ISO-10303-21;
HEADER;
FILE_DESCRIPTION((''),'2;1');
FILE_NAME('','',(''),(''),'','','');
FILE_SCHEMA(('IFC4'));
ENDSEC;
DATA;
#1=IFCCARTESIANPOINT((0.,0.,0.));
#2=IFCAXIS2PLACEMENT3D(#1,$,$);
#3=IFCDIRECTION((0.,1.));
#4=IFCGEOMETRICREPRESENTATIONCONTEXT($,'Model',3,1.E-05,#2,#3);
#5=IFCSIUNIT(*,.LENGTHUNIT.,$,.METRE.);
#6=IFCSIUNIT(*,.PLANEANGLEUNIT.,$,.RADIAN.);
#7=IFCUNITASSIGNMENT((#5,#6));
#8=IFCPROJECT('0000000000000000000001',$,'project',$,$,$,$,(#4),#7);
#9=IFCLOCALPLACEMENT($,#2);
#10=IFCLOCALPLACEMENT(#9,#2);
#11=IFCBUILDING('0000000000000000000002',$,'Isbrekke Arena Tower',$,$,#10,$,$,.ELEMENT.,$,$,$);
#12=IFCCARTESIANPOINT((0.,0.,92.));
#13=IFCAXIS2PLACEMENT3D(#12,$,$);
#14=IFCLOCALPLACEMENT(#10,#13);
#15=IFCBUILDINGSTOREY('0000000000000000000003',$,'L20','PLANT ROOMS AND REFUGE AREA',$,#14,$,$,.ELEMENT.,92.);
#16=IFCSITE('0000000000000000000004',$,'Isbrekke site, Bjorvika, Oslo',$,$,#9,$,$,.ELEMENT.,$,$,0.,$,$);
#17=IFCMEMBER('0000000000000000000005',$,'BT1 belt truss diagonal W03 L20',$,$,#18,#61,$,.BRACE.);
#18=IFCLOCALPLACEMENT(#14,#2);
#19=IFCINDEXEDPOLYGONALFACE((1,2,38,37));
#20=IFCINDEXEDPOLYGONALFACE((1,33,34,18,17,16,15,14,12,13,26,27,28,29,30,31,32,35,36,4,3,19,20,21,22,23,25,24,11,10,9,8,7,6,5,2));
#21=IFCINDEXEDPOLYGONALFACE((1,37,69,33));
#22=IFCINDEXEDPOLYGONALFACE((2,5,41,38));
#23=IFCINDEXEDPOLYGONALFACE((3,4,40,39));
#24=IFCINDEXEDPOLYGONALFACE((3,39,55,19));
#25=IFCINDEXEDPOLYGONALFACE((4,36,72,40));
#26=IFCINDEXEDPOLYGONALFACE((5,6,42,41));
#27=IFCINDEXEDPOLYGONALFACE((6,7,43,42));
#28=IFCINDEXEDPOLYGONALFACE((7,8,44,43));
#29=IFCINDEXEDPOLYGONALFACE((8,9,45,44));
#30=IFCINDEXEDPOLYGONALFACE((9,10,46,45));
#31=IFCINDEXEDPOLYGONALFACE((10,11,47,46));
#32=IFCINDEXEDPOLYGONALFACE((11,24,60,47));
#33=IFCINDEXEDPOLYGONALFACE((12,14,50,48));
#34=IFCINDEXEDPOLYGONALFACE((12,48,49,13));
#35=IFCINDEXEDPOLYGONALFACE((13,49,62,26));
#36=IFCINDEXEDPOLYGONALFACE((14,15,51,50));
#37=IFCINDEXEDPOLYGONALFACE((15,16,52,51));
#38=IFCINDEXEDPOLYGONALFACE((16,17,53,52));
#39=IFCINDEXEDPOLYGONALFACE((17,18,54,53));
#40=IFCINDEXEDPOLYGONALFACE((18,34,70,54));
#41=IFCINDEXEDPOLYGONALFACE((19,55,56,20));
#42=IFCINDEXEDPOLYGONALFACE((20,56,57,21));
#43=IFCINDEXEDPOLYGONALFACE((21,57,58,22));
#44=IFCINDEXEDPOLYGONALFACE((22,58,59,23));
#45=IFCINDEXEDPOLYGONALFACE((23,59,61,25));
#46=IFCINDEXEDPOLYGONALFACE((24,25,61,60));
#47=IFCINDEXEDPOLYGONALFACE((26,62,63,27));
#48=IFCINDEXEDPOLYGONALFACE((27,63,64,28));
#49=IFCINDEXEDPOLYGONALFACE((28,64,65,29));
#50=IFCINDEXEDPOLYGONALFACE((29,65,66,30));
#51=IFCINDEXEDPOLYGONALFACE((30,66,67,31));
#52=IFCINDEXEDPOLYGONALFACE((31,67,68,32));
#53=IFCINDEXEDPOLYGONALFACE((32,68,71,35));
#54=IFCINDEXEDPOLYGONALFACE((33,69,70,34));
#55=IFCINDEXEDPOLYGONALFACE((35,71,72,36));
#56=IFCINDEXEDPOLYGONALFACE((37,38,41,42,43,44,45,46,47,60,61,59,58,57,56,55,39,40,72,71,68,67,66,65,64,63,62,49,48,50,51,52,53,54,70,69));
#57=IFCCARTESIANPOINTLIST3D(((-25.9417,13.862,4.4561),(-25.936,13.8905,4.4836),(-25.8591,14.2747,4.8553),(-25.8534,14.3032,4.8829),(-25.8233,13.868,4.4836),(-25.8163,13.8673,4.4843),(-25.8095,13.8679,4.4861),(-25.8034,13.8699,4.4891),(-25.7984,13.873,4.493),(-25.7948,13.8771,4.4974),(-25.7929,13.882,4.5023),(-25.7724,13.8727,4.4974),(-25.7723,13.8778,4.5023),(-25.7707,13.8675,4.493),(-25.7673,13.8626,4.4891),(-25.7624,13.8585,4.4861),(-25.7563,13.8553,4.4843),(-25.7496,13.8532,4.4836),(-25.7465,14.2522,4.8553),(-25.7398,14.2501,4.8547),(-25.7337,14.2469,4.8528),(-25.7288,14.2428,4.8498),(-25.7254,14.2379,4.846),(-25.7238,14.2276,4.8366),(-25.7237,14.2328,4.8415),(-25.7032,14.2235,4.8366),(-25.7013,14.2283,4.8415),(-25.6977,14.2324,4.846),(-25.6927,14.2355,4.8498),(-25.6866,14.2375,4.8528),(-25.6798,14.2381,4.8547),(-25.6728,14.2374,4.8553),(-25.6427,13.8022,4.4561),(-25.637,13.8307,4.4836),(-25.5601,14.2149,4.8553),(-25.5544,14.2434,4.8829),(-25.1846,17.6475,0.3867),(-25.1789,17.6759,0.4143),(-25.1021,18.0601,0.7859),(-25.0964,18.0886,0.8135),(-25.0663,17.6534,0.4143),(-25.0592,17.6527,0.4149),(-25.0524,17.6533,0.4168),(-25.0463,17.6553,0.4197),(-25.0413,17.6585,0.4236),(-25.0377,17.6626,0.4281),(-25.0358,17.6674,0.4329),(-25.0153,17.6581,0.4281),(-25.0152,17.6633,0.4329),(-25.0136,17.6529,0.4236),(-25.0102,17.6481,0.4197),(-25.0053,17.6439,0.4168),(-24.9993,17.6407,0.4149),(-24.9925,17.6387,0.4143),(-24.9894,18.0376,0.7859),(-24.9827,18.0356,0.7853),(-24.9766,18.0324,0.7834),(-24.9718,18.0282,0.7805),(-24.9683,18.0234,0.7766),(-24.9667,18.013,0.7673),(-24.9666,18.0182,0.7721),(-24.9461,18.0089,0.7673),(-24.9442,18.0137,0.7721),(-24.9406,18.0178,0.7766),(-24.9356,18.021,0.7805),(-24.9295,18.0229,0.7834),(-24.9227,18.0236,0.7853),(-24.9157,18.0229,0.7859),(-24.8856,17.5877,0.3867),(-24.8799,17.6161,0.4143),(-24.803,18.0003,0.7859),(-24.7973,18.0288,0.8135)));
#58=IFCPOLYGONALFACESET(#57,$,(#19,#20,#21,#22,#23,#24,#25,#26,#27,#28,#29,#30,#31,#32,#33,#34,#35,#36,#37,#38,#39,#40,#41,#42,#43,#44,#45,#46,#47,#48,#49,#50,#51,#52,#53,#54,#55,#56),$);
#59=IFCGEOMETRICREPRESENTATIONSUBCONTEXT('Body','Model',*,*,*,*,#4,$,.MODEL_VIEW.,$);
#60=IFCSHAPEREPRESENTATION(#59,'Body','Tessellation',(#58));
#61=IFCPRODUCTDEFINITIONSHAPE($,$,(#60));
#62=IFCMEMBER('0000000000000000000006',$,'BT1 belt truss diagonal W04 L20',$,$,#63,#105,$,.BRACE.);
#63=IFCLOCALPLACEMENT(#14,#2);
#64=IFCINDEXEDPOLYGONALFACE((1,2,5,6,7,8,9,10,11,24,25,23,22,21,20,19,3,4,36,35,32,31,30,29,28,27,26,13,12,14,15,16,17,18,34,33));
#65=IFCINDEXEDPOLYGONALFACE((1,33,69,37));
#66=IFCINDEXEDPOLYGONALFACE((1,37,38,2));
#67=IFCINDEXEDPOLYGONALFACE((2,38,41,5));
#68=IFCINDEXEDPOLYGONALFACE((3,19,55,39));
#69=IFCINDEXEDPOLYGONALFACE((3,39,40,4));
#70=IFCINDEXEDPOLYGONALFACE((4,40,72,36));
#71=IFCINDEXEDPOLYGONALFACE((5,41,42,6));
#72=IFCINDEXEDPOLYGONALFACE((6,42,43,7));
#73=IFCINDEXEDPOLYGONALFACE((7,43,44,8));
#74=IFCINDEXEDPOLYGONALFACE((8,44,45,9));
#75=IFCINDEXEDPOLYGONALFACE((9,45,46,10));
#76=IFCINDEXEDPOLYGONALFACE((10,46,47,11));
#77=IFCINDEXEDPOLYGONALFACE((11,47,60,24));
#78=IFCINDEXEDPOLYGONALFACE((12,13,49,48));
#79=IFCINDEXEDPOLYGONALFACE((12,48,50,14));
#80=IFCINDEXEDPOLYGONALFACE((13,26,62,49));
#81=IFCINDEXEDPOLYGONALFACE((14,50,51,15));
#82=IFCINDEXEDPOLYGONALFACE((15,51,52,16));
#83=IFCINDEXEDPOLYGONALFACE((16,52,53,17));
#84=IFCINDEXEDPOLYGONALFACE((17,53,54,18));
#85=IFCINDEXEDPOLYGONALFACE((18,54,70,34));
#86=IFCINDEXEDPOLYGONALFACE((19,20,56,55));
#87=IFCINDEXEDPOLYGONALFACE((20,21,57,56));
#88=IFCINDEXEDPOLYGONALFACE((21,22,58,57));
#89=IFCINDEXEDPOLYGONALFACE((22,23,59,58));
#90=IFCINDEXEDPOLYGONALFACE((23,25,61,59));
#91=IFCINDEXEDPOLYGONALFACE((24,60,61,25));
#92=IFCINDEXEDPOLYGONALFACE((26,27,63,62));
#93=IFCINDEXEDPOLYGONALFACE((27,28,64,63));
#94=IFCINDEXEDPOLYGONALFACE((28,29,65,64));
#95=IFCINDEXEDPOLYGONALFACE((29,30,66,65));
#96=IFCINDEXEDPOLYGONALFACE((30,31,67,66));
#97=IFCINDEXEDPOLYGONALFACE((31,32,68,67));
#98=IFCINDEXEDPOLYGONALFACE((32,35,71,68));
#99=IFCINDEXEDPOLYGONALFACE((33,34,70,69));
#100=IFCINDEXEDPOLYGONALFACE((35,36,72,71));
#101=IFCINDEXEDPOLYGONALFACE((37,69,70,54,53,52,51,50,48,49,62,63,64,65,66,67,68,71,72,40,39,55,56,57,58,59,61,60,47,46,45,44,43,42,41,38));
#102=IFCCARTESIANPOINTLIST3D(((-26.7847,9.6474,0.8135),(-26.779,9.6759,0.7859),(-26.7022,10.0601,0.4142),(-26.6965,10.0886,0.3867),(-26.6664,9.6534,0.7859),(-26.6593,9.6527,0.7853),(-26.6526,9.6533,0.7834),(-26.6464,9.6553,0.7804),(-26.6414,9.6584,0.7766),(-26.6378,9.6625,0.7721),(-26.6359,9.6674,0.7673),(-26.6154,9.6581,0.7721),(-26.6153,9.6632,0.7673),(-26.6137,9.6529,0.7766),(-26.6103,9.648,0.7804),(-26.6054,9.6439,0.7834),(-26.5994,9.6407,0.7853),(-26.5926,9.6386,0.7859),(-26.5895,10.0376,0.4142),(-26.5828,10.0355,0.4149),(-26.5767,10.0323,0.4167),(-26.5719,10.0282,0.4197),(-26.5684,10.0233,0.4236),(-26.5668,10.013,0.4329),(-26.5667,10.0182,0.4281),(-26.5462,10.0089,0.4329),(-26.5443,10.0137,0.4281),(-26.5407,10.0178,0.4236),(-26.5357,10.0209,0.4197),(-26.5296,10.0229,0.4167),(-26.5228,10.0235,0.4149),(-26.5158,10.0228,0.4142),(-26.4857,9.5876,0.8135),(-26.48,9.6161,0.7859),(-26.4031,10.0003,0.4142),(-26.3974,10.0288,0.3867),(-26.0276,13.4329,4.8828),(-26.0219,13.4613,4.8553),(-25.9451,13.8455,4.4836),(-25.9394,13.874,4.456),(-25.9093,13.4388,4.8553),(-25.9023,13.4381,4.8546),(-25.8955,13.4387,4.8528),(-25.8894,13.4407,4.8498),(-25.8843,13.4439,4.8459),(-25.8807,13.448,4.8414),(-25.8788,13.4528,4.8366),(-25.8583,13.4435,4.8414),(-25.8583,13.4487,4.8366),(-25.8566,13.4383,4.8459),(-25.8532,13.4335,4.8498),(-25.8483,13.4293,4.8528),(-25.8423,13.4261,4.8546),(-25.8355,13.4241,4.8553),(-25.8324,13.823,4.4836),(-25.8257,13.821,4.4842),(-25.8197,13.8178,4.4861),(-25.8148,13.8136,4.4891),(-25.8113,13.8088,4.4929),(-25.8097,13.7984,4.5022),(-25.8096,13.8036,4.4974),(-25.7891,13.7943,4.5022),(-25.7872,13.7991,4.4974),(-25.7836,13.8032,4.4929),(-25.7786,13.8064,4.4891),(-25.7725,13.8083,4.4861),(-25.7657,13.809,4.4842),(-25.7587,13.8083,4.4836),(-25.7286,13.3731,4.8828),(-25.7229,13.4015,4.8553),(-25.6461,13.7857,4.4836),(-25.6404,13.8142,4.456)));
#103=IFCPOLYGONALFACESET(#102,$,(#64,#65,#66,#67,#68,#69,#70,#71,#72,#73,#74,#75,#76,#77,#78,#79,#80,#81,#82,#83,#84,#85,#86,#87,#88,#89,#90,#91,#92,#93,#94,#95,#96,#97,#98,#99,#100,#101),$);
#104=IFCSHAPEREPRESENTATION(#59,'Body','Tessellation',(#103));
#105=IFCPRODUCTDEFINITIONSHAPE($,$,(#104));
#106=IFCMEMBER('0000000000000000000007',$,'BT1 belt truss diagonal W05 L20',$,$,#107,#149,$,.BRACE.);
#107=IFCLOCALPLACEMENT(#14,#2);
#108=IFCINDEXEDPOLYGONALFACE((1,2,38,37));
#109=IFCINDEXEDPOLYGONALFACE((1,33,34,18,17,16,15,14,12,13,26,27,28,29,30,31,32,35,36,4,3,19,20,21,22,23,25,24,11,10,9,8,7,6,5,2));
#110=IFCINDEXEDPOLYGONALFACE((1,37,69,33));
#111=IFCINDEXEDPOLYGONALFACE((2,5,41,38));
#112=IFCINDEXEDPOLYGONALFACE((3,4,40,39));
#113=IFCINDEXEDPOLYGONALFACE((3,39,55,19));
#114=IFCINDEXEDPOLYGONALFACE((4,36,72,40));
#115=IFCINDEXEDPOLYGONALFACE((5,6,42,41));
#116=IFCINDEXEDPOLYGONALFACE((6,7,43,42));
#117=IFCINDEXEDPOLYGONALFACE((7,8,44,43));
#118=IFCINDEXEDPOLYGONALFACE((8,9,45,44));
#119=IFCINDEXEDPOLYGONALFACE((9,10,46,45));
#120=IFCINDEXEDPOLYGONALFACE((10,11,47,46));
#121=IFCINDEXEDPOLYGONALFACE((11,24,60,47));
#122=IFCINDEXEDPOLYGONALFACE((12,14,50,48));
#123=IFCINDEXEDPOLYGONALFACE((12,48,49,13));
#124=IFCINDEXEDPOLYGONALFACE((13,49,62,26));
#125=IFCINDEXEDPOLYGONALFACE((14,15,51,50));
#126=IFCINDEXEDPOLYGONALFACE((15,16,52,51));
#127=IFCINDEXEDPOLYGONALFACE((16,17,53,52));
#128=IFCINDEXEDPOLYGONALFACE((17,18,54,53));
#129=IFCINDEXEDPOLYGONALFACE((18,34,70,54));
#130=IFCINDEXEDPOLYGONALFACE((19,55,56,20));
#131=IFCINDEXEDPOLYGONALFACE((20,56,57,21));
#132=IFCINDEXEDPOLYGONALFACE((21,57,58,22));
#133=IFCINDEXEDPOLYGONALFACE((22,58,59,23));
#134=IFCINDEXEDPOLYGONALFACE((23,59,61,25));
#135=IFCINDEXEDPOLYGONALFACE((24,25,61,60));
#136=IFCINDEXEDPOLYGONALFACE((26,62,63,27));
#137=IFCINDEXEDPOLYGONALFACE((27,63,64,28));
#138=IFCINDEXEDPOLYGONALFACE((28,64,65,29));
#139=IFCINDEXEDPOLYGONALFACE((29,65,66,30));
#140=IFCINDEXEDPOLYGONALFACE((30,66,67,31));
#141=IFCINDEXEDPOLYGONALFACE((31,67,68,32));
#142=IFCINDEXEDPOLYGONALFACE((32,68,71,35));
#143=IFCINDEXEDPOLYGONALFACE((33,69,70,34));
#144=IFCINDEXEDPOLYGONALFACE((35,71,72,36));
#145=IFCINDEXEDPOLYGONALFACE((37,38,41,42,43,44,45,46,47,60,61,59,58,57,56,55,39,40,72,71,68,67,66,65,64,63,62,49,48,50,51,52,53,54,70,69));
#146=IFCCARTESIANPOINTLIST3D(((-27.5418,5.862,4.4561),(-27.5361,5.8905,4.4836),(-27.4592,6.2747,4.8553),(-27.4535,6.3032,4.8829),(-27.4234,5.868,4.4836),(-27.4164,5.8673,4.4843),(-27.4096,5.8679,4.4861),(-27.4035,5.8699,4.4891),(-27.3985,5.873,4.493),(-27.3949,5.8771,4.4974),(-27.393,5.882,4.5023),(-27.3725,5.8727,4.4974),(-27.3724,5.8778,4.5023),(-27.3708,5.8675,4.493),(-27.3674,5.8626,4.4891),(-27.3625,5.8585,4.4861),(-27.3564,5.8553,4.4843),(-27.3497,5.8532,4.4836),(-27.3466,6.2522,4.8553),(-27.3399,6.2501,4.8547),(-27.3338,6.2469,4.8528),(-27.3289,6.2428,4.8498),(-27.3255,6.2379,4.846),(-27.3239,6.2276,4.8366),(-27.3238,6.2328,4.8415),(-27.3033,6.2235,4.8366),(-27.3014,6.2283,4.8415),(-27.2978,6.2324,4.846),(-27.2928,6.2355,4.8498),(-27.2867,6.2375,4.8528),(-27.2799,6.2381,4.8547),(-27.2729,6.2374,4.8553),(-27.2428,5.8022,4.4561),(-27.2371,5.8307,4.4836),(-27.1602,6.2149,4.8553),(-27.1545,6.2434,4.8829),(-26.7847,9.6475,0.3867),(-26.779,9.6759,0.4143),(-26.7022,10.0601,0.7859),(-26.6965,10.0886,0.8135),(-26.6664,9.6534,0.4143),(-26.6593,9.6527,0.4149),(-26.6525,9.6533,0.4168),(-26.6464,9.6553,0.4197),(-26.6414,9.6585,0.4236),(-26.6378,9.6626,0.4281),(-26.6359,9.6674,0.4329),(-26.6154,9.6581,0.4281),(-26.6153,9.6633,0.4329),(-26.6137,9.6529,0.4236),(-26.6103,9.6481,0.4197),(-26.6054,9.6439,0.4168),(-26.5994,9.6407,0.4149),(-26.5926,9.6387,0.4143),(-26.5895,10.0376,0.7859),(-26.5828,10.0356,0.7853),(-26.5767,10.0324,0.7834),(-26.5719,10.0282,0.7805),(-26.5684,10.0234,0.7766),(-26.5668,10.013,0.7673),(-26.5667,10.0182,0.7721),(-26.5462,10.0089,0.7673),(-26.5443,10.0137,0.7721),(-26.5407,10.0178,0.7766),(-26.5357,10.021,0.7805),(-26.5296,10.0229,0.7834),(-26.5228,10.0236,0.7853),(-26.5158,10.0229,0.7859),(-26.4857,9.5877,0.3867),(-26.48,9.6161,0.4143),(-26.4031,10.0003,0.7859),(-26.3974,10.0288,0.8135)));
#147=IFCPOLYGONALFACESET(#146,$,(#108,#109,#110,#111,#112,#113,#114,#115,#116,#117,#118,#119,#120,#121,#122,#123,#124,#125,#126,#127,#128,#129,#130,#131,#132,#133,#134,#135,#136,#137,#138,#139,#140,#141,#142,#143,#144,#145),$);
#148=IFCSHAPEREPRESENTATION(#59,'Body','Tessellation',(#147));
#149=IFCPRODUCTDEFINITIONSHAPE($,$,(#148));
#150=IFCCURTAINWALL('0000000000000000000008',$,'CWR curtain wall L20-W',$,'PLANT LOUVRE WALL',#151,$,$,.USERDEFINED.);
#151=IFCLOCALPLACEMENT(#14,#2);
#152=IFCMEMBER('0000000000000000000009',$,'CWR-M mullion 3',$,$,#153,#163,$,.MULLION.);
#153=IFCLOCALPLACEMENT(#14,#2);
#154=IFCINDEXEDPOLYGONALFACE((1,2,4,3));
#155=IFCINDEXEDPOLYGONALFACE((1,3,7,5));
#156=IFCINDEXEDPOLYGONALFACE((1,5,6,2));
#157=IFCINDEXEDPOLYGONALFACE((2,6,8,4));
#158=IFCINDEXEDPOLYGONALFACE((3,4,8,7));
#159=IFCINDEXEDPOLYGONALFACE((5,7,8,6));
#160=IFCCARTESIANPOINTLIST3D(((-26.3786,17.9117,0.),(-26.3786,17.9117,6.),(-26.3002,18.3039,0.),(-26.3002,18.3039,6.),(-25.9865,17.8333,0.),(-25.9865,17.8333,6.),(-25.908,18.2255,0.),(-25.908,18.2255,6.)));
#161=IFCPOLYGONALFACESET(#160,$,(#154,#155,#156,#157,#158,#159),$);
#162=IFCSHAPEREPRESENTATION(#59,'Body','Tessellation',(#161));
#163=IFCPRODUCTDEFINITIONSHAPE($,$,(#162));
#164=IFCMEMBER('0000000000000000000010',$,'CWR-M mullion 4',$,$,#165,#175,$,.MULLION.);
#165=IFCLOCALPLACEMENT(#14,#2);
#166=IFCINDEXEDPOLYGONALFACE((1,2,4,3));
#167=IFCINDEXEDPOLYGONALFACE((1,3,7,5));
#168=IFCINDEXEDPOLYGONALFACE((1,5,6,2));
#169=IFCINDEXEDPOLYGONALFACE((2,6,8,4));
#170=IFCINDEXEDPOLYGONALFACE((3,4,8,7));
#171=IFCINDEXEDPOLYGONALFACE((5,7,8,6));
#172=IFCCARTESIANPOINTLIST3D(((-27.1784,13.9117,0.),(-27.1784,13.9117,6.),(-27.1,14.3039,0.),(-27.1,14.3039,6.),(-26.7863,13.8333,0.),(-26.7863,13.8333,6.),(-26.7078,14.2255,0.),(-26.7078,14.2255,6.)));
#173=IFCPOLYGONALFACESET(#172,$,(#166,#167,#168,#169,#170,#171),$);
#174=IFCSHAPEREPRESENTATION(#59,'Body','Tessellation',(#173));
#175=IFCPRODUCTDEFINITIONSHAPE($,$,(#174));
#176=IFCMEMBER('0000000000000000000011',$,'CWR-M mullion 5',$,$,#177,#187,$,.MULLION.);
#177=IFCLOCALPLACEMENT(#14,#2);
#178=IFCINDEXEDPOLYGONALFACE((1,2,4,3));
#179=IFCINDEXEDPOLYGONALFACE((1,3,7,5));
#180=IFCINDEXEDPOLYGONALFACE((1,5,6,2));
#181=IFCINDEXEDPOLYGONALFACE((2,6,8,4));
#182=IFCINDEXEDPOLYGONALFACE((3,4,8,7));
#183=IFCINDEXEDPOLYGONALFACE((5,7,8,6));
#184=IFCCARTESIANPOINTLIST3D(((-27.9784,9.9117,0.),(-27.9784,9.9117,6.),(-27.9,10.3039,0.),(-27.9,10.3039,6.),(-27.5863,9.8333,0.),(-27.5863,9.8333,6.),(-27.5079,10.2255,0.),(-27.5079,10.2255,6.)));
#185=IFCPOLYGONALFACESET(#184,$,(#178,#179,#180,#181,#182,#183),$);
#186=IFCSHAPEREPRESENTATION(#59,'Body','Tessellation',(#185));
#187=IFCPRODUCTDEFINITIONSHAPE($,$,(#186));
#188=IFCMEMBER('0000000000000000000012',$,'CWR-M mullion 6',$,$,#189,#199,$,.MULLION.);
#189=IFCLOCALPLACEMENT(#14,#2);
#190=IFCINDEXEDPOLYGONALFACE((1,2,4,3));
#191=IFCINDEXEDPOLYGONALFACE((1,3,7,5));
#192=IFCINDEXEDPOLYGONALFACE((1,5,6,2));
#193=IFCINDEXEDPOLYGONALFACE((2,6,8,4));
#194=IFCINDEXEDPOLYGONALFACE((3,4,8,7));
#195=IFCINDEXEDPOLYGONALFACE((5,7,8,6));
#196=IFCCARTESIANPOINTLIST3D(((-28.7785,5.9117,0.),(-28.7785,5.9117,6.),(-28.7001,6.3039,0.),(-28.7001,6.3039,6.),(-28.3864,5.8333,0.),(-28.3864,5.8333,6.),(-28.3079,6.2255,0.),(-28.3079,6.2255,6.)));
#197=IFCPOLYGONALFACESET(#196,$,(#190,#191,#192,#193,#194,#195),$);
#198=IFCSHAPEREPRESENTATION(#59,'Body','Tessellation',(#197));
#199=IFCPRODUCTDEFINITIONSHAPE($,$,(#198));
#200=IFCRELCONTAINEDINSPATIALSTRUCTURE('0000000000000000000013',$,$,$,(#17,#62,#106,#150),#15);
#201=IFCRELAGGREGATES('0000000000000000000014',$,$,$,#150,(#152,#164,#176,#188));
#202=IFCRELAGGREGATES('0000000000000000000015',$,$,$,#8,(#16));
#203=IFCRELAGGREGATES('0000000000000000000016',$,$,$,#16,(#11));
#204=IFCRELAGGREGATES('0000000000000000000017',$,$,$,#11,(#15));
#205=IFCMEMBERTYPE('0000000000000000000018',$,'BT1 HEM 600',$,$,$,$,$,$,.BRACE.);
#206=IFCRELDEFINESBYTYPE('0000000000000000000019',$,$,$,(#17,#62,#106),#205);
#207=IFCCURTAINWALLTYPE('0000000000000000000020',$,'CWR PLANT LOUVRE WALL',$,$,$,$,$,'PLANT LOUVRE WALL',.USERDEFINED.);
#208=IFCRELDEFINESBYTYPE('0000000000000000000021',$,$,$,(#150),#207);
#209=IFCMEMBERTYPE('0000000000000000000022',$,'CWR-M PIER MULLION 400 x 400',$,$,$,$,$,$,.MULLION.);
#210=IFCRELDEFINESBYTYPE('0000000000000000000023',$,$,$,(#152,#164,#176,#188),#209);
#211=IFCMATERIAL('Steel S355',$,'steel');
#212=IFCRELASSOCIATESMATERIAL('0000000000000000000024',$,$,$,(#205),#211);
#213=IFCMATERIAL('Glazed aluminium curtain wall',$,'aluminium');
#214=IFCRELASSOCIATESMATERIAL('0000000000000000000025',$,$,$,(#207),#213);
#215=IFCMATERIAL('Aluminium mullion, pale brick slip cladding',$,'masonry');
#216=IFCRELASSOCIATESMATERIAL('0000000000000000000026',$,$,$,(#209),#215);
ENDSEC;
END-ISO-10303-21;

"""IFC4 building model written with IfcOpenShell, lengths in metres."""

from ifc_helpers import new_model, si_unit, direction, frame, origin, origin_2d, place, context, subcontext, project, spatial, rectangle, i_section, extrude, material, material_profile, profile_set, type_object, element, aggregate, save


model = new_model("IFC4")

# Units and contexts
model_context = context("Model", 3, precision=1e-05, world=origin(), true_north=direction((0.0, 1.0)))
body_context = subcontext(model_context, "Body", "Model", "MODEL_VIEW")
ifc_project = project(units=[si_unit("LENGTHUNIT", "METRE"), si_unit("PLANEANGLEUNIT", "RADIAN")], contexts=[model_context])

# Site, building, storey
site_placement = place(None, origin())
site = spatial("IfcSite", under=ifc_project, at=site_placement, Name="Isbrekke site, Bjorvika, Oslo", CompositionType="ELEMENT", RefElevation=0.0)
building_placement = place(site_placement, origin())
building = spatial("IfcBuilding", under=site, at=building_placement, Name="Isbrekke Arena Tower", CompositionType="ELEMENT")
storey_placement = place(building_placement, frame((0.0, 0.0, 92.0)))
storey = spatial("IfcBuildingStorey", under=building, at=storey_placement, Name="L20", Description="PLANT ROOMS AND REFUGE AREA", CompositionType="ELEMENT", Elevation=92.0)

# Members
ifc_material_1 = material(Name="Steel S355", Category="steel")
ifc_material_profile_1 = material_profile(ifc_material_1, i_section(OverallWidth=0.3049, OverallDepth=0.6201, WebThickness=0.021, FlangeThickness=0.04, FilletRadius=0.0271, at=origin_2d()), Name="HEM 600")
ifc_profile_set_1 = profile_set([ifc_material_profile_1], Name="Steel S355")
member_type_1 = type_object("IfcMemberType", Name="BT1 HEM 600", PredefinedType="BRACE", material=ifc_profile_set_1)
for number, where, z_axis, x_axis, name in (
    (1, (-24.991, 17.8381, 0.6001), (-0.134974, -0.674869, 0.725489), (0.980581, -0.196116, 0.0), "BT1 belt truss diagonal W03 L20"),
    (2, (-25.834, 13.6235, 4.6694), (-0.134974, -0.674869, -0.725489), (0.980581, -0.196116, 0.0), "BT1 belt truss diagonal W04 L20"),
    (3, (-26.5911, 9.8381, 0.6001), (-0.134974, -0.674869, 0.725489), (0.980581, -0.196116, 0.0), "BT1 belt truss diagonal W05 L20"),
):
    element("IfcMember", number, at=place(storey_placement, frame(where, z_axis=z_axis, x_axis=x_axis)), inside=storey, type_object=member_type_1, Name=name, PredefinedType="BRACE", context=body_context, shape_type="SweptSolid", body=[
        extrude(i_section(OverallWidth=0.3049, OverallDepth=0.6201, WebThickness=0.021, FlangeThickness=0.04, FilletRadius=0.0271, at=origin_2d()), origin(), (0.0, 0.0, 1.0), 5.6091),
    ])

# Curtain wall, members
ifc_material_2 = material(Name="Glazed aluminium curtain wall", Category="aluminium")
curtain_wall_type = type_object("IfcCurtainWallType", Name="CWR PLANT LOUVRE WALL", ElementType="PLANT LOUVRE WALL", PredefinedType="USERDEFINED", material=ifc_material_2)
curtain_wall_placement = place(storey_placement, origin())
curtain_wall = element("IfcCurtainWall", 4, at=curtain_wall_placement, inside=storey, type_object=curtain_wall_type, Name="CWR curtain wall L20-W", ObjectType="PLANT LOUVRE WALL", PredefinedType="USERDEFINED")
ifc_material_3 = material(Name="Aluminium mullion, pale brick slip cladding", Category="masonry")
ifc_material_profile_2 = material_profile(ifc_material_3, rectangle(XDim=0.3999, YDim=0.3999, at=origin_2d()), Name="PIER 400X400")
ifc_profile_set_2 = profile_set([ifc_material_profile_2], Name="Aluminium mullion, pale brick slip cladding")
member_type_2 = type_object("IfcMemberType", Name="CWR-M PIER MULLION 400 x 400", PredefinedType="MULLION", material=ifc_profile_set_2)
member_1_placement = place(storey_placement, frame((-26.1433, 18.0686, 0.0), z_axis=(0.0, 0.0, 1.0), x_axis=(-0.196116, -0.980581, 0.0)))
member_1 = element("IfcMember", 5, at=member_1_placement, type_object=member_type_2, Name="CWR-M mullion 3", PredefinedType="MULLION", context=body_context, shape_type="SweptSolid", body=[
    extrude(rectangle(XDim=0.3999, YDim=0.3999, at=origin_2d()), origin(), (0.0, 0.0, 1.0), 6.0),
])
member_2_placement = place(storey_placement, frame((-26.9431, 14.0686, 0.0), z_axis=(0.0, 0.0, 1.0), x_axis=(-0.196116, -0.980581, 0.0)))
member_2 = element("IfcMember", 6, at=member_2_placement, type_object=member_type_2, Name="CWR-M mullion 4", PredefinedType="MULLION", context=body_context, shape_type="SweptSolid", body=[
    extrude(rectangle(XDim=0.3999, YDim=0.3999, at=origin_2d()), origin(), (0.0, 0.0, 1.0), 6.0),
])
member_3_placement = place(storey_placement, frame((-27.7432, 10.0686, 0.0), z_axis=(0.0, 0.0, 1.0), x_axis=(-0.196116, -0.980581, 0.0)))
member_3 = element("IfcMember", 7, at=member_3_placement, type_object=member_type_2, Name="CWR-M mullion 5", PredefinedType="MULLION", context=body_context, shape_type="SweptSolid", body=[
    extrude(rectangle(XDim=0.3999, YDim=0.3999, at=origin_2d()), origin(), (0.0, 0.0, 1.0), 6.0),
])
member_4_placement = place(storey_placement, frame((-28.5432, 6.0686, 0.0), z_axis=(0.0, 0.0, 1.0), x_axis=(-0.196116, -0.980581, 0.0)))
member_4 = element("IfcMember", 8, at=member_4_placement, type_object=member_type_2, Name="CWR-M mullion 6", PredefinedType="MULLION", context=body_context, shape_type="SweptSolid", body=[
    extrude(rectangle(XDim=0.3999, YDim=0.3999, at=origin_2d()), origin(), (0.0, 0.0, 1.0), 6.0),
])

aggregate(curtain_wall, [member_1, member_2, member_3, member_4])

save(model, "model.ifc")
